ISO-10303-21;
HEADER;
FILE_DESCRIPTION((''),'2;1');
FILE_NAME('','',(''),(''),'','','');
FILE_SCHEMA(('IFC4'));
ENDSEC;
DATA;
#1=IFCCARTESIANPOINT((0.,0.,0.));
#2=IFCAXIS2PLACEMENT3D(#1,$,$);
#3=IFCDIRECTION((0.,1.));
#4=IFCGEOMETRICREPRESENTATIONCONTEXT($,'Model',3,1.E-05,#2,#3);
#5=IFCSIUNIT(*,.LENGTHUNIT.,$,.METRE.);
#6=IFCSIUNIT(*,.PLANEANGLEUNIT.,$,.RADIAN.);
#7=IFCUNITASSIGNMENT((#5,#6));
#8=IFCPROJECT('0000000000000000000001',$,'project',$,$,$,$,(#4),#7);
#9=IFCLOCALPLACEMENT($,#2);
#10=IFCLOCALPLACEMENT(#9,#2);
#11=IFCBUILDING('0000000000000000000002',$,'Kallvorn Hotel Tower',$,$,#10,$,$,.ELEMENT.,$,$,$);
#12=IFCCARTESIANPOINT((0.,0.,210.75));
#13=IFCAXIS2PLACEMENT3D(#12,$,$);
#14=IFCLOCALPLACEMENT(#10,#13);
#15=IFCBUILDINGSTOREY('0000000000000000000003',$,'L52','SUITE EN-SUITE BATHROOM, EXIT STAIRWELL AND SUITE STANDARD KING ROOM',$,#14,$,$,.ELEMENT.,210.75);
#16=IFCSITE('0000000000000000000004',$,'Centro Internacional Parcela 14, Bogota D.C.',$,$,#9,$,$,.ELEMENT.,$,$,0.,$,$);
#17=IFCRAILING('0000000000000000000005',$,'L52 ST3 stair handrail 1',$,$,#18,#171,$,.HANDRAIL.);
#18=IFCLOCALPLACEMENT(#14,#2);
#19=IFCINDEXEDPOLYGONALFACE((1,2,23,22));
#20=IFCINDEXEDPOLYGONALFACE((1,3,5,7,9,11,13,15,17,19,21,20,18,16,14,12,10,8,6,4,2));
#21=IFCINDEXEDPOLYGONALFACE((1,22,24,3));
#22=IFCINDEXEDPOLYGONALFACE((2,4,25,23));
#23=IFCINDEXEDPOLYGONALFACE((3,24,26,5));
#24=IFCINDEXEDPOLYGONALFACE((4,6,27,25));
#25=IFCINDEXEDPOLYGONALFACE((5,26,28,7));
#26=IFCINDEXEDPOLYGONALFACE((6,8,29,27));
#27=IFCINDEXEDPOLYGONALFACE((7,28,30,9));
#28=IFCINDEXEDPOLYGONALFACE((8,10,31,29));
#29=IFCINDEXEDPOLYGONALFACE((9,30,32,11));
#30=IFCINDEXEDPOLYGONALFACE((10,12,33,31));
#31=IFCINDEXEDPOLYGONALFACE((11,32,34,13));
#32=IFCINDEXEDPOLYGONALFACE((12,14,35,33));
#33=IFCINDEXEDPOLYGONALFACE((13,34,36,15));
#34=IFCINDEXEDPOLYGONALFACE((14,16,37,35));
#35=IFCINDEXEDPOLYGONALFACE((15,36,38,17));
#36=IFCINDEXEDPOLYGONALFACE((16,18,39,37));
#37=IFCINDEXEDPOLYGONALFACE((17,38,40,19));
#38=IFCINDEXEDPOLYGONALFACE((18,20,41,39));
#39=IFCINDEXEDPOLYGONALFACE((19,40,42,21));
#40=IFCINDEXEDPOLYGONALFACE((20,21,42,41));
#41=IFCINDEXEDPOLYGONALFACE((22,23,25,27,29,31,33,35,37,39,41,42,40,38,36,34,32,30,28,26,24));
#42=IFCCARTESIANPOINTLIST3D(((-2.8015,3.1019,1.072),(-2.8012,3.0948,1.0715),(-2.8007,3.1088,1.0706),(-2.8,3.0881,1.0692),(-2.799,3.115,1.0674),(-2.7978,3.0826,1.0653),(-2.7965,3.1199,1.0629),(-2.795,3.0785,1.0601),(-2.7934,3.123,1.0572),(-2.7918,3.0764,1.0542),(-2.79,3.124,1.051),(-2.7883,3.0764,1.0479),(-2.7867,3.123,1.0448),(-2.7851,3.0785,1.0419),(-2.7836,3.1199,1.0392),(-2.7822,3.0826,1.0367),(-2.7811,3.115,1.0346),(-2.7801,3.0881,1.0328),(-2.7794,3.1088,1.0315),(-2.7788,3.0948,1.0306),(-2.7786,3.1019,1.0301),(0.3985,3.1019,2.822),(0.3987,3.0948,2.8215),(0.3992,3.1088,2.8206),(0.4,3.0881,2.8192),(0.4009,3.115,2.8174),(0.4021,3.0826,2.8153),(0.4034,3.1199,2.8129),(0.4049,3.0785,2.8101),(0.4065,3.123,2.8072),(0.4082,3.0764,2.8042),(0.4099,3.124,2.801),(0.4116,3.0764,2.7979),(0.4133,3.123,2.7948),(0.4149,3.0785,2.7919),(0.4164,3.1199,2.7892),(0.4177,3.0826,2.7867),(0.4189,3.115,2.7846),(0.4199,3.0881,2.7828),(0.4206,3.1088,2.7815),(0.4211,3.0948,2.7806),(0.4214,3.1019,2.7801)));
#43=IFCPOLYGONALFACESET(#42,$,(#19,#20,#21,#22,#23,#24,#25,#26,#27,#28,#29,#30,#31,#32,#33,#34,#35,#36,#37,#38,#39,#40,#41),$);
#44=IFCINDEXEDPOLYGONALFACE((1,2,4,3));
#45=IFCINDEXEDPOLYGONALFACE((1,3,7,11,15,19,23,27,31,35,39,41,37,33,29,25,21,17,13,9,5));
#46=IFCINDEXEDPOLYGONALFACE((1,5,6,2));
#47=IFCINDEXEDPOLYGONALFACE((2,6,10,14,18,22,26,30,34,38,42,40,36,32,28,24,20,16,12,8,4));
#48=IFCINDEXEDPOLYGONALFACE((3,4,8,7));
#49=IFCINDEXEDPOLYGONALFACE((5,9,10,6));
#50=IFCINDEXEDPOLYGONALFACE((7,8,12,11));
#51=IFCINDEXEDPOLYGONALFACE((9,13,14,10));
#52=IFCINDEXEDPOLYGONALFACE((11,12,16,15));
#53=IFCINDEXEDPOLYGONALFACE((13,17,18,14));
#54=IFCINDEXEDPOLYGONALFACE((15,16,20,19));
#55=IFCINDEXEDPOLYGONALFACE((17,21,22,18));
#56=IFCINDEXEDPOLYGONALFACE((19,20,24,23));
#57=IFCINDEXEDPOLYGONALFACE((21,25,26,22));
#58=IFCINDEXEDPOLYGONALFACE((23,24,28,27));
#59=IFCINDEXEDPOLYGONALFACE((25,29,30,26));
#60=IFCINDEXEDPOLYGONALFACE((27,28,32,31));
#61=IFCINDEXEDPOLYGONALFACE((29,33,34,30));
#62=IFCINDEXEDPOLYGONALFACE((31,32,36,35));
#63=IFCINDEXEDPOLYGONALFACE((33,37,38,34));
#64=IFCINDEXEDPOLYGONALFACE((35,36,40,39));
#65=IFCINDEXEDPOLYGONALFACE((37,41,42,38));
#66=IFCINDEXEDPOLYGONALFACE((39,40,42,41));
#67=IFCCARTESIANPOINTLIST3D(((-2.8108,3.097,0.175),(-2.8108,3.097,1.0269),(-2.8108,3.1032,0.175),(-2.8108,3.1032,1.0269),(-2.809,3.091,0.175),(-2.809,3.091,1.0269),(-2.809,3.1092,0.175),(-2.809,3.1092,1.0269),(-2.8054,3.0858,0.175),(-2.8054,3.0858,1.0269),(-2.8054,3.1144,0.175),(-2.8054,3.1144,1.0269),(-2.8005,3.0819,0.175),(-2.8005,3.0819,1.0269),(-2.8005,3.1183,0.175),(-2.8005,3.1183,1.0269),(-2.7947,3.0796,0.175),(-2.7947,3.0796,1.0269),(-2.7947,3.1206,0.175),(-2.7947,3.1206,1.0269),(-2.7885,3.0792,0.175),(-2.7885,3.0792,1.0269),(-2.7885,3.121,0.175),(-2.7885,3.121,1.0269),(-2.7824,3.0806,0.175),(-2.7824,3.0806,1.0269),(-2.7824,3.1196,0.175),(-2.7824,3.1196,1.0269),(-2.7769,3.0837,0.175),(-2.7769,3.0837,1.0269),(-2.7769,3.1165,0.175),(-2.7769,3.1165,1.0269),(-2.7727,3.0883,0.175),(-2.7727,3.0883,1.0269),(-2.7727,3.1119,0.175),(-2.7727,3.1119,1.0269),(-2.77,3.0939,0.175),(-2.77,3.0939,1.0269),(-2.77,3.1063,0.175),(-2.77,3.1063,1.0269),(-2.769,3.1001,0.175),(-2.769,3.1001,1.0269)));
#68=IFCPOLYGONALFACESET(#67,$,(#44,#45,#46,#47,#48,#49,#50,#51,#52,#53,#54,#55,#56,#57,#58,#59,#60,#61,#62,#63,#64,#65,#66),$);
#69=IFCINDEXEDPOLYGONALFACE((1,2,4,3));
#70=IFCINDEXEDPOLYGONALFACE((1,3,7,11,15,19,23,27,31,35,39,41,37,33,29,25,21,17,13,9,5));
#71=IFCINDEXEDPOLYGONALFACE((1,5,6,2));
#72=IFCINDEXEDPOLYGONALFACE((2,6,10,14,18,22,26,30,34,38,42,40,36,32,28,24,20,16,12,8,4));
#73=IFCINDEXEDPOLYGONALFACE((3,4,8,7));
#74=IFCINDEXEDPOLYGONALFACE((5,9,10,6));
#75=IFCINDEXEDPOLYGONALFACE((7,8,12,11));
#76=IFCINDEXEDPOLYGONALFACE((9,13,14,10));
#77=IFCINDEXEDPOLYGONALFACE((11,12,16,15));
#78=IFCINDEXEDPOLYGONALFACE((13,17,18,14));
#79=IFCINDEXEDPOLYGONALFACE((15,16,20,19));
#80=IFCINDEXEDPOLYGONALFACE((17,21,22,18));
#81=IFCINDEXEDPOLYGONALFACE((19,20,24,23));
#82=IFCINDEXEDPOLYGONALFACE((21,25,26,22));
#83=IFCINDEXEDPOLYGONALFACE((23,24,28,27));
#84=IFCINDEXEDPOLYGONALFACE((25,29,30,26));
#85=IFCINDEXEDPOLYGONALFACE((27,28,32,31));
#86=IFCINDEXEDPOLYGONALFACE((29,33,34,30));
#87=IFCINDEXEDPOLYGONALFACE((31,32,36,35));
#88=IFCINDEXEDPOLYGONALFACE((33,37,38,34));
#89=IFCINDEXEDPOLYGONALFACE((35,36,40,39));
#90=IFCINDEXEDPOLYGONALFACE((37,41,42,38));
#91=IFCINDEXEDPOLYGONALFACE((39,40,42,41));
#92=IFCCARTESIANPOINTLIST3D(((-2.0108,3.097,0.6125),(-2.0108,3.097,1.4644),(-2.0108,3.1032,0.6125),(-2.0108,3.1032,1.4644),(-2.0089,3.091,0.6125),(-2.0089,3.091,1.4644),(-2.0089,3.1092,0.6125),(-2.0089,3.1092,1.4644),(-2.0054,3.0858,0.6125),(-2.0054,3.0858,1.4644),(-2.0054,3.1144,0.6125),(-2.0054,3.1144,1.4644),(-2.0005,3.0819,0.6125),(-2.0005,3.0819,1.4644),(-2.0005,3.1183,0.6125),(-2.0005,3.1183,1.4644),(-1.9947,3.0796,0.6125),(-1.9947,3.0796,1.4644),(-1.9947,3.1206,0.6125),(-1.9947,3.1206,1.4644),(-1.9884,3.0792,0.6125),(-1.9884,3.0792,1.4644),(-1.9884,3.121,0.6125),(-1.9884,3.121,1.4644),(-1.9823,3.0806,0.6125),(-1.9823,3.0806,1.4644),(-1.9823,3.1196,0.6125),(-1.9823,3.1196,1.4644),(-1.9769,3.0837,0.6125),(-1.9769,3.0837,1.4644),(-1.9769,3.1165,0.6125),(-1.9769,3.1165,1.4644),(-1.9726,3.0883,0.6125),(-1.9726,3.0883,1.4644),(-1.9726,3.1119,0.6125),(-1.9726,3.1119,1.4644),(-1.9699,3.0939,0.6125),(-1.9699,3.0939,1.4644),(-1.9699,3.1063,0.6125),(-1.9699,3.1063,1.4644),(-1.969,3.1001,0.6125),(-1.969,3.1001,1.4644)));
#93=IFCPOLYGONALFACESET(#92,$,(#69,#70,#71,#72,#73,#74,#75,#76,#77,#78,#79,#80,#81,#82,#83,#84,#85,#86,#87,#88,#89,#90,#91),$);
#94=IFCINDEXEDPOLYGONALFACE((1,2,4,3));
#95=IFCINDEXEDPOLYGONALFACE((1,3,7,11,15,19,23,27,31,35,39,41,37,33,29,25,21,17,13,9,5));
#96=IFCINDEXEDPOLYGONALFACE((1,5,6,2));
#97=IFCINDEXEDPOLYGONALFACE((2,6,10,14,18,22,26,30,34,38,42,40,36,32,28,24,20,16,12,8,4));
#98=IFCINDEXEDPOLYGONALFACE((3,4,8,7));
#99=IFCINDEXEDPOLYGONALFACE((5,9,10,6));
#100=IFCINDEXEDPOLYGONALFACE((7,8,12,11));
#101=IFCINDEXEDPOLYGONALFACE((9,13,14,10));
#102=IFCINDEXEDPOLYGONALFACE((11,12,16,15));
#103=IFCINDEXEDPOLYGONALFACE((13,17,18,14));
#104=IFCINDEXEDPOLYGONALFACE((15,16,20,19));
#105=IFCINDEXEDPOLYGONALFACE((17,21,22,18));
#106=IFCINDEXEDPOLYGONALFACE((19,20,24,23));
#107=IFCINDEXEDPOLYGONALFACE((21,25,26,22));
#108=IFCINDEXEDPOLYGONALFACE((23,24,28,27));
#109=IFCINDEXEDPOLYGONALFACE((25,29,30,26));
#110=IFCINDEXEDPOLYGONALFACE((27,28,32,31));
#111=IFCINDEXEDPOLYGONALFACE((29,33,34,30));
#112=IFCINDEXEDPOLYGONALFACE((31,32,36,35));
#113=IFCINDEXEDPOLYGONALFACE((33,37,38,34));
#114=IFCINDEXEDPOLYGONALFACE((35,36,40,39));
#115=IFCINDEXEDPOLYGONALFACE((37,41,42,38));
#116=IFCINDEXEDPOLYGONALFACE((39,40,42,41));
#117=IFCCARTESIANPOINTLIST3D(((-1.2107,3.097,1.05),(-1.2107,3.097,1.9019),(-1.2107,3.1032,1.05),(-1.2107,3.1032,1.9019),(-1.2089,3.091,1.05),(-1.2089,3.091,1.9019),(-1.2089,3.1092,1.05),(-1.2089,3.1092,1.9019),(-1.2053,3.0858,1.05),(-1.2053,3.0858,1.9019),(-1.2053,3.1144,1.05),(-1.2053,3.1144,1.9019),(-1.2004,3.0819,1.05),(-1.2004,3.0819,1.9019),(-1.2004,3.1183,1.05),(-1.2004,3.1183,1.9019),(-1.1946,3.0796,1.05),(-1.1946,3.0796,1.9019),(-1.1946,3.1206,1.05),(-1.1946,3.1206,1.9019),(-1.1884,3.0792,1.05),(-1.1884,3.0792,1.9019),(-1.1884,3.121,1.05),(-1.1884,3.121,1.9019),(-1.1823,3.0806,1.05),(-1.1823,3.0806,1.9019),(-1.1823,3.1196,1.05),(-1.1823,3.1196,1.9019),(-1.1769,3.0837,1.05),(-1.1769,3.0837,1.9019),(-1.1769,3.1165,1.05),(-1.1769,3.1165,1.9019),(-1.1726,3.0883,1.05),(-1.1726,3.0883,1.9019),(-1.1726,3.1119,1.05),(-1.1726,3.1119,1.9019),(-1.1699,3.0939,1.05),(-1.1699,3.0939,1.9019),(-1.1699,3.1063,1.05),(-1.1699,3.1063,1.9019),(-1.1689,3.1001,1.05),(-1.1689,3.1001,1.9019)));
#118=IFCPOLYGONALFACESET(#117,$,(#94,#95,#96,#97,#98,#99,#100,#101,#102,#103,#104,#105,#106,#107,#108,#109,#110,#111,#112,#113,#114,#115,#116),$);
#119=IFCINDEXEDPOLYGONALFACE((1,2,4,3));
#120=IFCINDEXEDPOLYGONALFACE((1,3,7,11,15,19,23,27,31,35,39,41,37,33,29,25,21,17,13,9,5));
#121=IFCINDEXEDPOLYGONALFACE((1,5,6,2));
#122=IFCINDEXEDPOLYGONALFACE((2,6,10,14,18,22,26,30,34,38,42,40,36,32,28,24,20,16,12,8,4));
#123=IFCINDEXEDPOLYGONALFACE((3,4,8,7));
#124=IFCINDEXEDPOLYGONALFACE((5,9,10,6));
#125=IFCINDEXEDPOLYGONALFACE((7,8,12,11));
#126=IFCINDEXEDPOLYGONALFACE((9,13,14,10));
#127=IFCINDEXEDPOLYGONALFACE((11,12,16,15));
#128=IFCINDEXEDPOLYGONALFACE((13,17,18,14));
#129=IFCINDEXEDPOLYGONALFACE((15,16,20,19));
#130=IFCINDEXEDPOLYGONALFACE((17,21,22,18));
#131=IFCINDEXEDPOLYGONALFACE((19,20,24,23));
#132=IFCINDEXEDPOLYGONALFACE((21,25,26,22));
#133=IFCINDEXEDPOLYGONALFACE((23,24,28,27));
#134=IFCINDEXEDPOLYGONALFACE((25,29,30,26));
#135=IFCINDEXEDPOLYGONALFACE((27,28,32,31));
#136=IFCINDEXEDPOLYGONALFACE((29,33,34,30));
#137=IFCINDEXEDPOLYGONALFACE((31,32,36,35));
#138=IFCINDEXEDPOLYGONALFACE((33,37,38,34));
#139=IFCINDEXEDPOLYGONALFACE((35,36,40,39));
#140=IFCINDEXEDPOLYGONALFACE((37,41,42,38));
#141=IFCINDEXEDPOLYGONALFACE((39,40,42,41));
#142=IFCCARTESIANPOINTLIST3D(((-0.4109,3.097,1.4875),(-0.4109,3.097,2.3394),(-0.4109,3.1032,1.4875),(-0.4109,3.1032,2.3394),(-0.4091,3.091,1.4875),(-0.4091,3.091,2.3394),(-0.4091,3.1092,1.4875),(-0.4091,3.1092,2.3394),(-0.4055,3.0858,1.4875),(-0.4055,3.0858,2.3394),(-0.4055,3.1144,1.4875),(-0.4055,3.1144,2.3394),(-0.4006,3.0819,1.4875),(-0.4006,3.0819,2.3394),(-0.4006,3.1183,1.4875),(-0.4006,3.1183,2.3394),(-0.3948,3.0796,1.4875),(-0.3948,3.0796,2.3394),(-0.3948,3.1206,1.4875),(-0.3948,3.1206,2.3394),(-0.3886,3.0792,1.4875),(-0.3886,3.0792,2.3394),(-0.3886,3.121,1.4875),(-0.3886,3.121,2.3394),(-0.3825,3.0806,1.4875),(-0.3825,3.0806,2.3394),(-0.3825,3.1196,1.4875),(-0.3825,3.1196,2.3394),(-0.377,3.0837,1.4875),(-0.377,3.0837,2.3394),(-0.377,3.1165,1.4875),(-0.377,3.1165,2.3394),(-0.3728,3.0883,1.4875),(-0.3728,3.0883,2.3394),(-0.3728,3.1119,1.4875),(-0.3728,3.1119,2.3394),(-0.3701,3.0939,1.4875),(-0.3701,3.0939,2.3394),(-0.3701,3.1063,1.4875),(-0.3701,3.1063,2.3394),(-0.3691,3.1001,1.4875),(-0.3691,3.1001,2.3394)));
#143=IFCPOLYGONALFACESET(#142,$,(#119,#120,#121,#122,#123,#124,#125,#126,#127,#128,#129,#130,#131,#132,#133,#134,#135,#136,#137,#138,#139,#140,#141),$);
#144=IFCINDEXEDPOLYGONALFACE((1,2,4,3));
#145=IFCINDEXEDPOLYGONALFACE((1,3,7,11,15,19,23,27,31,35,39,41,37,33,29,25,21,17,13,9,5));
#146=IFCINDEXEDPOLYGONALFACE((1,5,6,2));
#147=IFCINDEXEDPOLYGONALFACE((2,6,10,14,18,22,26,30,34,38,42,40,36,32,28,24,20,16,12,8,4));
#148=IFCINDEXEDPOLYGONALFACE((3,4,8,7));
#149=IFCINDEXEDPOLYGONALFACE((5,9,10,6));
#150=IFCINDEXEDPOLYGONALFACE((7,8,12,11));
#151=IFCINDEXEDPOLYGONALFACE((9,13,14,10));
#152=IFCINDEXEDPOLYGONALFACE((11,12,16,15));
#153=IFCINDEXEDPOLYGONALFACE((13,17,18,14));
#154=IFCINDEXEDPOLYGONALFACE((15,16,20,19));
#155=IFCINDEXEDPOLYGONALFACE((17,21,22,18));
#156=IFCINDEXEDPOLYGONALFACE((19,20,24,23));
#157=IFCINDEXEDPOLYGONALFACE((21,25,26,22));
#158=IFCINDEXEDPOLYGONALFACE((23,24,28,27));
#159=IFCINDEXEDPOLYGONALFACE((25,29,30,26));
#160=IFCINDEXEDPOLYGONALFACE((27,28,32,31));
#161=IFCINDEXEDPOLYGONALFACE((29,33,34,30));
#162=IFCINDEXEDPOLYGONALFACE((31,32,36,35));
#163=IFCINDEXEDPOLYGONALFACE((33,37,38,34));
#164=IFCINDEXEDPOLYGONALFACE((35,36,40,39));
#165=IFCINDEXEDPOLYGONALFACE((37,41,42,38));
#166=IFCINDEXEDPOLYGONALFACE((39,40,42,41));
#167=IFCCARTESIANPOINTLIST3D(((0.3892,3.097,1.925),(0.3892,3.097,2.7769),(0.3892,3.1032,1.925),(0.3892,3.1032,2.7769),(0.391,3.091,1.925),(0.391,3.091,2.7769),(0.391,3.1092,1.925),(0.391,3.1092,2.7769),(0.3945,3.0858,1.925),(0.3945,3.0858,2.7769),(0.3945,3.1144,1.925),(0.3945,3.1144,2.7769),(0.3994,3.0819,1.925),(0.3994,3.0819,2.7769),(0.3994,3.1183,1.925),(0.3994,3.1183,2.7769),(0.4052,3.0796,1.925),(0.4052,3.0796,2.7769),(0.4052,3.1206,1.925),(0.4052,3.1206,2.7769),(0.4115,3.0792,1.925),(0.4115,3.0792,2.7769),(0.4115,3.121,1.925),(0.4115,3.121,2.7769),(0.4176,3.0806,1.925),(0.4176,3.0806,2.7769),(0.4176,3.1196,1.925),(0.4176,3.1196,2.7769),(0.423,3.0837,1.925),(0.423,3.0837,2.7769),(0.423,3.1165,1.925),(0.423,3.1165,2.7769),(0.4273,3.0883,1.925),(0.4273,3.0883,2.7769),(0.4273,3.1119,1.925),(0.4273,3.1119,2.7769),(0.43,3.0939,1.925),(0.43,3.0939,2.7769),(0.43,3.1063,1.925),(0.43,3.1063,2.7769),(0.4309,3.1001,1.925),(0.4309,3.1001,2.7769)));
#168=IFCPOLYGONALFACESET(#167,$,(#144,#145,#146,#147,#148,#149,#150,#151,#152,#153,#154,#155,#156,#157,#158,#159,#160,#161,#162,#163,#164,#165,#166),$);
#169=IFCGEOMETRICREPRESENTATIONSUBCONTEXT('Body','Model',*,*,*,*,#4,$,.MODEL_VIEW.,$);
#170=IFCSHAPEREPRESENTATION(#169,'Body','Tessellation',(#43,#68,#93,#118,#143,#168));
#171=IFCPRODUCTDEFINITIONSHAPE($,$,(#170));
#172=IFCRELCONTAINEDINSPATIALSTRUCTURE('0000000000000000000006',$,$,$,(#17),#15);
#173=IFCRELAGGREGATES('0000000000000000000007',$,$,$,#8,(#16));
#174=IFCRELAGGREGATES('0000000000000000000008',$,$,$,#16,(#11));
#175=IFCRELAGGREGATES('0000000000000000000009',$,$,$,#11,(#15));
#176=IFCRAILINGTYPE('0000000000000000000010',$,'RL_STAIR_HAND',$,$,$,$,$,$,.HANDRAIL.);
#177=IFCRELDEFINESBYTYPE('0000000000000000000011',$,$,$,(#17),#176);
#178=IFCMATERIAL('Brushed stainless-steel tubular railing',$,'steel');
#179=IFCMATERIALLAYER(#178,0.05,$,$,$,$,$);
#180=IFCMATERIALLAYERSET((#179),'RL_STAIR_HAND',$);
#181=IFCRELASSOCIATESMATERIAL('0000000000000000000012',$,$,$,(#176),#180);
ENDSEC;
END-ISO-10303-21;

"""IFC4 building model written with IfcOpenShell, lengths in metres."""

from ifc_helpers import new_model, si_unit, direction, frame, origin, origin_2d, place, context, subcontext, project, spatial, circle, extrude, material, layer, layer_set, type_object, element, save


model = new_model("IFC4")

# Units and contexts
model_context = context("Model", 3, precision=1e-05, world=origin(), true_north=direction((0.0, 1.0)))
body_context = subcontext(model_context, "Body", "Model", "MODEL_VIEW")
ifc_project = project(units=[si_unit("LENGTHUNIT", "METRE"), si_unit("PLANEANGLEUNIT", "RADIAN")], contexts=[model_context])

# Site, building, storey
site_placement = place(None, origin())
site = spatial("IfcSite", under=ifc_project, at=site_placement, Name="Centro Internacional Parcela 14, Bogota D.C.", CompositionType="ELEMENT", RefElevation=0.0)
building_placement = place(site_placement, origin())
building = spatial("IfcBuilding", under=site, at=building_placement, Name="Kallvorn Hotel Tower", CompositionType="ELEMENT")
storey_placement = place(building_placement, frame((0.0, 0.0, 210.75)))
storey = spatial("IfcBuildingStorey", under=building, at=storey_placement, Name="L52", Description="SUITE EN-SUITE BATHROOM, EXIT STAIRWELL AND SUITE STANDARD KING ROOM", CompositionType="ELEMENT", Elevation=210.75)

# Railing
ifc_material_1 = material(Name="Brushed stainless-steel tubular railing", Category="steel")
ifc_layer_1 = layer(ifc_material_1, 0.05)
ifc_layer_set_1 = layer_set([ifc_layer_1], Name="RL_STAIR_HAND")
railing_type_1 = type_object("IfcRailingType", Name="RL_STAIR_HAND", PredefinedType="HANDRAIL", material=ifc_layer_set_1)
railing_1_placement = place(storey_placement, frame((-2.79, 3.1001, 0.175)))
element("IfcRailing", 1, at=railing_1_placement, inside=storey, type_object=railing_type_1, Name="L52 ST3 stair handrail 1", PredefinedType="HANDRAIL", context=body_context, shape_type="SweptSolid", body=[
    extrude(circle(Radius=0.0239, at=origin_2d()), frame((0.0, 0.0, 0.876), z_axis=(0.877368, 0.0, 0.479818), x_axis=(0.0, 1.0, 0.0)), (0.0, 0.0, 1.0), 3.6472),
    extrude(circle(Radius=0.021, at=origin_2d()), origin(), (0.0, 0.0, 1.0), 0.8518),
    extrude(circle(Radius=0.021, at=origin_2d()), frame((0.8, 0.0, 0.4375)), (0.0, 0.0, 1.0), 0.8518),
    extrude(circle(Radius=0.021, at=origin_2d()), frame((1.6001, 0.0, 0.875)), (0.0, 0.0, 1.0), 0.8518),
    extrude(circle(Radius=0.021, at=origin_2d()), frame((2.3999, 0.0, 1.3125)), (0.0, 0.0, 1.0), 0.8518),
    extrude(circle(Radius=0.021, at=origin_2d()), frame((3.2, 0.0, 1.75)), (0.0, 0.0, 1.0), 0.8518),
])

save(model, "model.ifc")
